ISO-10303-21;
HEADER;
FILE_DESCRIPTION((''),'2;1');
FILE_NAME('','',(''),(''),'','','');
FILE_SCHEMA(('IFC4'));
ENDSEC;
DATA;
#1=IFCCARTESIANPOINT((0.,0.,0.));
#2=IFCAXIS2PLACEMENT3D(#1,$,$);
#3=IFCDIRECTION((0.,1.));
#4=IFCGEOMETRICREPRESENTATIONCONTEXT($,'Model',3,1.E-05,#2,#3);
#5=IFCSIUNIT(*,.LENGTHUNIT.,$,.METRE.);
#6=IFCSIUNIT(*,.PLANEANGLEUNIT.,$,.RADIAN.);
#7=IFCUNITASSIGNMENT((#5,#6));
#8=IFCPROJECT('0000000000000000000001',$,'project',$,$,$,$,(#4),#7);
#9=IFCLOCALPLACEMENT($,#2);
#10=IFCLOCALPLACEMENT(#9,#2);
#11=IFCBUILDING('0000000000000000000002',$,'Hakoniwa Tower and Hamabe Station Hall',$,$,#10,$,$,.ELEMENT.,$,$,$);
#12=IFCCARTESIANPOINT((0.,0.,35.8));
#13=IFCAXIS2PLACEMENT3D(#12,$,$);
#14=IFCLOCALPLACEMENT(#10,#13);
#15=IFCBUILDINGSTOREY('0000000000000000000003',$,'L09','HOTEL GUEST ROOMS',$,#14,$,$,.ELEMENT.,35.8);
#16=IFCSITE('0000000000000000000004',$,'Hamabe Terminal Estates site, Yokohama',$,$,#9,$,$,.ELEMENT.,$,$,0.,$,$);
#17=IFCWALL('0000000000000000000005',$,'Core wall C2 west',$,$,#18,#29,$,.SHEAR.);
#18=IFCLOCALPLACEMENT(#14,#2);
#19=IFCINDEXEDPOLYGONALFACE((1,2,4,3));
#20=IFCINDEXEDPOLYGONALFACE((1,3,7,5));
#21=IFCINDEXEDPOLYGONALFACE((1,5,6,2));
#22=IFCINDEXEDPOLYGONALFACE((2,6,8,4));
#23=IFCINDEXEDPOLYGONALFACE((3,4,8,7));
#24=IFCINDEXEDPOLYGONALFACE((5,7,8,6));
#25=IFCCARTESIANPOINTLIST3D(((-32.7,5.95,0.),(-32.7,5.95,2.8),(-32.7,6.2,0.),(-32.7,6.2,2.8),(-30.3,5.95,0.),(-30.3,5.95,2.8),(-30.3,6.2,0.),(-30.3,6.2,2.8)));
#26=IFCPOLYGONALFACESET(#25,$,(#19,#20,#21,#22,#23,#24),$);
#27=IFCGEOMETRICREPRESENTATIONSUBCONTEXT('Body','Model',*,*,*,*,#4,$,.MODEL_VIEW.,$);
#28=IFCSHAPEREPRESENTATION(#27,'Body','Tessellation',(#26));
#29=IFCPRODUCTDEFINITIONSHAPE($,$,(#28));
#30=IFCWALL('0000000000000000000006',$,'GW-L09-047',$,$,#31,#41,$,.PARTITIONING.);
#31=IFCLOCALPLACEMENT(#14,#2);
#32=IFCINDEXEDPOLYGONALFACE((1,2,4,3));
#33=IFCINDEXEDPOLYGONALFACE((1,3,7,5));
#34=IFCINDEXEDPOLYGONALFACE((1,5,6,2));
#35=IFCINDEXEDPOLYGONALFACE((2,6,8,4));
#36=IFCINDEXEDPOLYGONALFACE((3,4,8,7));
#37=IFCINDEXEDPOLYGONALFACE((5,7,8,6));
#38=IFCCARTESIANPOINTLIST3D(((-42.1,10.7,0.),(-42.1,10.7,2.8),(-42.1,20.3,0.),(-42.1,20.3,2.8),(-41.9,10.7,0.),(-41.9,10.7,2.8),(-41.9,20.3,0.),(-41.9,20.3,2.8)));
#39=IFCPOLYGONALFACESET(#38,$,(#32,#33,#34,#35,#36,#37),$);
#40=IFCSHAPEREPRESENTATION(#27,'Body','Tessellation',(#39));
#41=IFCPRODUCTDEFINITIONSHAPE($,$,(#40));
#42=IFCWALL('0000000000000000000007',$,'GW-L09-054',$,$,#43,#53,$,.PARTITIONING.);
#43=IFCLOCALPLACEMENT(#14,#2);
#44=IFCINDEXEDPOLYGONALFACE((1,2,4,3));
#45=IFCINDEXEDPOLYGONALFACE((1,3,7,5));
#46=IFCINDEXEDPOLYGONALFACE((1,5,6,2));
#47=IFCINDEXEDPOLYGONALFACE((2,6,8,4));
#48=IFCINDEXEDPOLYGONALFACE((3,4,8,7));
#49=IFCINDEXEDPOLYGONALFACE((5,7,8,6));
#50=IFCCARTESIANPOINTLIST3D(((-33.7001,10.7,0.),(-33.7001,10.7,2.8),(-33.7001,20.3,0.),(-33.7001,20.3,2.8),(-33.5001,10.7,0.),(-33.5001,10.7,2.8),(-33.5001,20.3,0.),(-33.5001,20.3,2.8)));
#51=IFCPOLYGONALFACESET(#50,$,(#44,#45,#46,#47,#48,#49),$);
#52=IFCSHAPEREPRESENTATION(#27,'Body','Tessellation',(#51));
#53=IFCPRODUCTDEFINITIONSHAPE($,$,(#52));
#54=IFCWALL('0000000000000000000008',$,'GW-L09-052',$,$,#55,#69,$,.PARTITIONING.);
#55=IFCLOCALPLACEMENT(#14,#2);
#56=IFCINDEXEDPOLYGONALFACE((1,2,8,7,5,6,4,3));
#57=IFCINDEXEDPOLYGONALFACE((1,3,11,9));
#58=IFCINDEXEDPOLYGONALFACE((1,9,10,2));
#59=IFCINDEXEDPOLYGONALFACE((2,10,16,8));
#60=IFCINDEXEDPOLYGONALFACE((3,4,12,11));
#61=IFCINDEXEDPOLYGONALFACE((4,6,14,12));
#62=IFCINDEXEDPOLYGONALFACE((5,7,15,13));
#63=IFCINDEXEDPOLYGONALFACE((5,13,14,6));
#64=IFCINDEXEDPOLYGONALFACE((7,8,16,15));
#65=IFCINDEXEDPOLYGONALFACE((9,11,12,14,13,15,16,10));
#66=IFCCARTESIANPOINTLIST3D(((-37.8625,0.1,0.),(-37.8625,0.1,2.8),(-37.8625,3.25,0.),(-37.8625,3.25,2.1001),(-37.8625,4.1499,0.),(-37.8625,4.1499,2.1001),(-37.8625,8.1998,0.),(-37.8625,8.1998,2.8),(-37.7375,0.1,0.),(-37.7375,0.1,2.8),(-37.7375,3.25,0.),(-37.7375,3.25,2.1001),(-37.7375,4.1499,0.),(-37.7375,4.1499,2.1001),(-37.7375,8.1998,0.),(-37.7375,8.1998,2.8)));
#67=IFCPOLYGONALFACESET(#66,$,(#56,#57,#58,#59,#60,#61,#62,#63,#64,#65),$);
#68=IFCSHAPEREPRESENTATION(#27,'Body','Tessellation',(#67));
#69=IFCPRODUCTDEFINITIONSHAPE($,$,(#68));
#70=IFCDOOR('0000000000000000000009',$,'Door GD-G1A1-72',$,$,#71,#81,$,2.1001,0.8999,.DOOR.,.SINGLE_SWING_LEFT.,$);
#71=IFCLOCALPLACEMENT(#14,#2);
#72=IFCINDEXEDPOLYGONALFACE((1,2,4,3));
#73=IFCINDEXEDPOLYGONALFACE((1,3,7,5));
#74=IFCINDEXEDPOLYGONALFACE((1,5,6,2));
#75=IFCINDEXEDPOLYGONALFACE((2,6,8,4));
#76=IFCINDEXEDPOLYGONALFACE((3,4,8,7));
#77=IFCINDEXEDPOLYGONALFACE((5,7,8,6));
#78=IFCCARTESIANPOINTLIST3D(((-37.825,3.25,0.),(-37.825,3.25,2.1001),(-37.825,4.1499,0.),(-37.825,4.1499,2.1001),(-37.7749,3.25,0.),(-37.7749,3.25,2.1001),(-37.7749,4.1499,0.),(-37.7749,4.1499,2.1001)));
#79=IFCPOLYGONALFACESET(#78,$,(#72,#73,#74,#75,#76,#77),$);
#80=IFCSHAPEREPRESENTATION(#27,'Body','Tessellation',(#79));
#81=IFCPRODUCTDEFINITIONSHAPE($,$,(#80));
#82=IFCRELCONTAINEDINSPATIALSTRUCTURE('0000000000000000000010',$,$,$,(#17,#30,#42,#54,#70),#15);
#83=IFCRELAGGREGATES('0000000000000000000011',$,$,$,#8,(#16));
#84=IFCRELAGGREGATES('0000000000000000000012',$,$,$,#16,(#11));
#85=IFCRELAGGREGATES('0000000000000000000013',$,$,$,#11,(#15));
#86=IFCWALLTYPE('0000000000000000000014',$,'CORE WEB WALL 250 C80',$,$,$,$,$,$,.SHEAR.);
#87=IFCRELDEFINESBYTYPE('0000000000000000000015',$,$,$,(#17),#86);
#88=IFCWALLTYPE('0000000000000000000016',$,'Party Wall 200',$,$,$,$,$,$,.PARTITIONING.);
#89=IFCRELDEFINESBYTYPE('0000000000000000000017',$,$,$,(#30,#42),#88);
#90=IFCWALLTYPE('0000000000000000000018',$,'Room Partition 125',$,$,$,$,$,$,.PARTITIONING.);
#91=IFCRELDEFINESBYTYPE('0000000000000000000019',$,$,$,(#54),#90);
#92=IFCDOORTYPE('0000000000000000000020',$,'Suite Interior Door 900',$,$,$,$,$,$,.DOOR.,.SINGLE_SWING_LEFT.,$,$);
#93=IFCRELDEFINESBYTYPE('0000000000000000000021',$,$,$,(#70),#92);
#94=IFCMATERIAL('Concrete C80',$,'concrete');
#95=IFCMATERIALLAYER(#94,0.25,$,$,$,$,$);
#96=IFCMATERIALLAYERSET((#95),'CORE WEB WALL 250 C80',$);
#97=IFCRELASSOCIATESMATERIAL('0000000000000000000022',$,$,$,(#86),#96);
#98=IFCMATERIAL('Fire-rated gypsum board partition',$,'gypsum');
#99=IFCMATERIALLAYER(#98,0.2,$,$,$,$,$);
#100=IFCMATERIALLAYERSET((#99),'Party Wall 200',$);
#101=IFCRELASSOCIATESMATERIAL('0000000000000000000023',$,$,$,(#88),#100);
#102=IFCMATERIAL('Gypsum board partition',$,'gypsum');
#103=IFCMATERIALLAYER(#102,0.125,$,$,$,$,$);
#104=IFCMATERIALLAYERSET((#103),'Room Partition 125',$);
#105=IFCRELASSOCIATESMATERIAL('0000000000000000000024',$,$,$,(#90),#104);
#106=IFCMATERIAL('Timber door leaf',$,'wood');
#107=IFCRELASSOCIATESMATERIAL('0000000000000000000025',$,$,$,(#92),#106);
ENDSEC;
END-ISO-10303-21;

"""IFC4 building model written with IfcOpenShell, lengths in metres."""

from ifc_helpers import new_model, si_unit, direction, frame, frame_2d, origin, place, context, subcontext, project, spatial, rectangle, extrude, material, layer, layer_set, type_object, element, fill, save


model = new_model("IFC4")

# Units and contexts
model_context = context("Model", 3, precision=1e-05, world=origin(), true_north=direction((0.0, 1.0)))
body_context = subcontext(model_context, "Body", "Model", "MODEL_VIEW")
ifc_project = project(units=[si_unit("LENGTHUNIT", "METRE"), si_unit("PLANEANGLEUNIT", "RADIAN")], contexts=[model_context])

# Site, building, storey
site_placement = place(None, origin())
site = spatial("IfcSite", under=ifc_project, at=site_placement, Name="Hamabe Terminal Estates site, Yokohama", CompositionType="ELEMENT", RefElevation=0.0)
building_placement = place(site_placement, origin())
building = spatial("IfcBuilding", under=site, at=building_placement, Name="Hakoniwa Tower and Hamabe Station Hall", CompositionType="ELEMENT")
storey_placement = place(building_placement, frame((0.0, 0.0, 35.8)))
storey = spatial("IfcBuildingStorey", under=building, at=storey_placement, Name="L09", Description="HOTEL GUEST ROOMS", CompositionType="ELEMENT", Elevation=35.8)

# Shared definitions
ifc_material_1 = material(Name="Concrete C80", Category="concrete")
ifc_layer_1 = layer(ifc_material_1, 0.25)
ifc_layer_set_1 = layer_set([ifc_layer_1], Name="CORE WEB WALL 250 C80")
wall_type_1 = type_object("IfcWallType", Name="CORE WEB WALL 250 C80", PredefinedType="SHEAR", material=ifc_layer_set_1)

# Walls
wall_1_placement = place(storey_placement, frame((-32.7, 6.075, 0.0), z_axis=(0.0, 0.0, 1.0), x_axis=(1.0, 0.0, 0.0)))
element("IfcWall", 1, at=wall_1_placement, inside=storey, type_object=wall_type_1, Name="Core wall C2 west", PredefinedType="SHEAR", context=body_context, shape_type="SweptSolid", body=[
    extrude(rectangle(XDim=2.3999, YDim=0.25, at=frame_2d((1.2, 0.0))), origin(), (0.0, 0.0, 1.0), 2.8),
])
ifc_material_2 = material(Name="Fire-rated gypsum board partition", Category="gypsum")
ifc_layer_2 = layer(ifc_material_2, 0.2)
ifc_layer_set_2 = layer_set([ifc_layer_2], Name="Party Wall 200")
wall_type_2 = type_object("IfcWallType", Name="Party Wall 200", PredefinedType="PARTITIONING", material=ifc_layer_set_2)
for number, where, z_axis, x_axis, name in (
    (2, (-42.0, 10.7, 0.0), (0.0, 0.0, 1.0), (0.0, 1.0, 0.0), "GW-L09-047"),
    (3, (-33.6001, 10.7, 0.0), (0.0, 0.0, 1.0), (0.0, 1.0, 0.0), "GW-L09-054"),
):
    element("IfcWall", number, at=place(storey_placement, frame(where, z_axis=z_axis, x_axis=x_axis)), inside=storey, type_object=wall_type_2, Name=name, PredefinedType="PARTITIONING", context=body_context, shape_type="SweptSolid", body=[
        extrude(rectangle(XDim=9.6001, YDim=0.2, at=frame_2d((4.8, 0.0))), origin(), (0.0, 0.0, 1.0), 2.8),
    ])

# Wall, opening, door
ifc_material_3 = material(Name="Gypsum board partition", Category="gypsum")
ifc_layer_3 = layer(ifc_material_3, 0.125)
ifc_layer_set_3 = layer_set([ifc_layer_3], Name="Room Partition 125")
wall_type_3 = type_object("IfcWallType", Name="Room Partition 125", PredefinedType="PARTITIONING", material=ifc_layer_set_3)
wall_2_placement = place(storey_placement, frame((-37.8, 0.1001, 0.0), z_axis=(0.0, 0.0, 1.0), x_axis=(0.0, 1.0, 0.0)))
wall_2 = element("IfcWall", 4, at=wall_2_placement, inside=storey, type_object=wall_type_3, Name="GW-L09-052", PredefinedType="PARTITIONING", context=body_context, shape_type="SweptSolid", body=[
    extrude(rectangle(XDim=8.0999, YDim=0.125, at=frame_2d((4.0498, 0.0))), origin(), (0.0, 0.0, 1.0), 2.8),
])
opening_1_placement = place(wall_2_placement, frame((3.1499, 0.0, 0.0)))
opening_1 = element("IfcOpeningElement", 5, at=opening_1_placement, cuts=wall_2, PredefinedType="OPENING", context=body_context, shape_type="SweptSolid", body=[
    extrude(rectangle(XDim=0.8999, YDim=2.1001, at=frame_2d((0.45, 1.05))), frame((0.0, 0.0725, 0.0), z_axis=(0.0, -1.0, 0.0), x_axis=(1.0, 0.0, 0.0)), (0.0, 0.0, 1.0), 0.145),
])
ifc_material_4 = material(Name="Timber door leaf", Category="wood")
door_type_1 = type_object("IfcDoorType", Name="Suite Interior Door 900", OperationType="SINGLE_SWING_LEFT", PredefinedType="DOOR", material=ifc_material_4)
door_1_placement = place(opening_1_placement, origin())
door_1 = element("IfcDoor", 6, at=door_1_placement, inside=storey, type_object=door_type_1, Name="Door GD-G1A1-72", OperationType="SINGLE_SWING_LEFT", OverallHeight=2.1001, OverallWidth=0.8999, PredefinedType="DOOR", context=body_context, shape_type="SweptSolid", body=[
    extrude(rectangle(XDim=0.8999, YDim=2.1001, at=frame_2d((0.45, 1.05))), frame((0.0, 0.0249, 0.0), z_axis=(0.0, -1.0, 0.0), x_axis=(1.0, 0.0, 0.0)), (0.0, 0.0, 1.0), 0.05),
])
fill(opening_1, door_1)

save(model, "model.ifc")
